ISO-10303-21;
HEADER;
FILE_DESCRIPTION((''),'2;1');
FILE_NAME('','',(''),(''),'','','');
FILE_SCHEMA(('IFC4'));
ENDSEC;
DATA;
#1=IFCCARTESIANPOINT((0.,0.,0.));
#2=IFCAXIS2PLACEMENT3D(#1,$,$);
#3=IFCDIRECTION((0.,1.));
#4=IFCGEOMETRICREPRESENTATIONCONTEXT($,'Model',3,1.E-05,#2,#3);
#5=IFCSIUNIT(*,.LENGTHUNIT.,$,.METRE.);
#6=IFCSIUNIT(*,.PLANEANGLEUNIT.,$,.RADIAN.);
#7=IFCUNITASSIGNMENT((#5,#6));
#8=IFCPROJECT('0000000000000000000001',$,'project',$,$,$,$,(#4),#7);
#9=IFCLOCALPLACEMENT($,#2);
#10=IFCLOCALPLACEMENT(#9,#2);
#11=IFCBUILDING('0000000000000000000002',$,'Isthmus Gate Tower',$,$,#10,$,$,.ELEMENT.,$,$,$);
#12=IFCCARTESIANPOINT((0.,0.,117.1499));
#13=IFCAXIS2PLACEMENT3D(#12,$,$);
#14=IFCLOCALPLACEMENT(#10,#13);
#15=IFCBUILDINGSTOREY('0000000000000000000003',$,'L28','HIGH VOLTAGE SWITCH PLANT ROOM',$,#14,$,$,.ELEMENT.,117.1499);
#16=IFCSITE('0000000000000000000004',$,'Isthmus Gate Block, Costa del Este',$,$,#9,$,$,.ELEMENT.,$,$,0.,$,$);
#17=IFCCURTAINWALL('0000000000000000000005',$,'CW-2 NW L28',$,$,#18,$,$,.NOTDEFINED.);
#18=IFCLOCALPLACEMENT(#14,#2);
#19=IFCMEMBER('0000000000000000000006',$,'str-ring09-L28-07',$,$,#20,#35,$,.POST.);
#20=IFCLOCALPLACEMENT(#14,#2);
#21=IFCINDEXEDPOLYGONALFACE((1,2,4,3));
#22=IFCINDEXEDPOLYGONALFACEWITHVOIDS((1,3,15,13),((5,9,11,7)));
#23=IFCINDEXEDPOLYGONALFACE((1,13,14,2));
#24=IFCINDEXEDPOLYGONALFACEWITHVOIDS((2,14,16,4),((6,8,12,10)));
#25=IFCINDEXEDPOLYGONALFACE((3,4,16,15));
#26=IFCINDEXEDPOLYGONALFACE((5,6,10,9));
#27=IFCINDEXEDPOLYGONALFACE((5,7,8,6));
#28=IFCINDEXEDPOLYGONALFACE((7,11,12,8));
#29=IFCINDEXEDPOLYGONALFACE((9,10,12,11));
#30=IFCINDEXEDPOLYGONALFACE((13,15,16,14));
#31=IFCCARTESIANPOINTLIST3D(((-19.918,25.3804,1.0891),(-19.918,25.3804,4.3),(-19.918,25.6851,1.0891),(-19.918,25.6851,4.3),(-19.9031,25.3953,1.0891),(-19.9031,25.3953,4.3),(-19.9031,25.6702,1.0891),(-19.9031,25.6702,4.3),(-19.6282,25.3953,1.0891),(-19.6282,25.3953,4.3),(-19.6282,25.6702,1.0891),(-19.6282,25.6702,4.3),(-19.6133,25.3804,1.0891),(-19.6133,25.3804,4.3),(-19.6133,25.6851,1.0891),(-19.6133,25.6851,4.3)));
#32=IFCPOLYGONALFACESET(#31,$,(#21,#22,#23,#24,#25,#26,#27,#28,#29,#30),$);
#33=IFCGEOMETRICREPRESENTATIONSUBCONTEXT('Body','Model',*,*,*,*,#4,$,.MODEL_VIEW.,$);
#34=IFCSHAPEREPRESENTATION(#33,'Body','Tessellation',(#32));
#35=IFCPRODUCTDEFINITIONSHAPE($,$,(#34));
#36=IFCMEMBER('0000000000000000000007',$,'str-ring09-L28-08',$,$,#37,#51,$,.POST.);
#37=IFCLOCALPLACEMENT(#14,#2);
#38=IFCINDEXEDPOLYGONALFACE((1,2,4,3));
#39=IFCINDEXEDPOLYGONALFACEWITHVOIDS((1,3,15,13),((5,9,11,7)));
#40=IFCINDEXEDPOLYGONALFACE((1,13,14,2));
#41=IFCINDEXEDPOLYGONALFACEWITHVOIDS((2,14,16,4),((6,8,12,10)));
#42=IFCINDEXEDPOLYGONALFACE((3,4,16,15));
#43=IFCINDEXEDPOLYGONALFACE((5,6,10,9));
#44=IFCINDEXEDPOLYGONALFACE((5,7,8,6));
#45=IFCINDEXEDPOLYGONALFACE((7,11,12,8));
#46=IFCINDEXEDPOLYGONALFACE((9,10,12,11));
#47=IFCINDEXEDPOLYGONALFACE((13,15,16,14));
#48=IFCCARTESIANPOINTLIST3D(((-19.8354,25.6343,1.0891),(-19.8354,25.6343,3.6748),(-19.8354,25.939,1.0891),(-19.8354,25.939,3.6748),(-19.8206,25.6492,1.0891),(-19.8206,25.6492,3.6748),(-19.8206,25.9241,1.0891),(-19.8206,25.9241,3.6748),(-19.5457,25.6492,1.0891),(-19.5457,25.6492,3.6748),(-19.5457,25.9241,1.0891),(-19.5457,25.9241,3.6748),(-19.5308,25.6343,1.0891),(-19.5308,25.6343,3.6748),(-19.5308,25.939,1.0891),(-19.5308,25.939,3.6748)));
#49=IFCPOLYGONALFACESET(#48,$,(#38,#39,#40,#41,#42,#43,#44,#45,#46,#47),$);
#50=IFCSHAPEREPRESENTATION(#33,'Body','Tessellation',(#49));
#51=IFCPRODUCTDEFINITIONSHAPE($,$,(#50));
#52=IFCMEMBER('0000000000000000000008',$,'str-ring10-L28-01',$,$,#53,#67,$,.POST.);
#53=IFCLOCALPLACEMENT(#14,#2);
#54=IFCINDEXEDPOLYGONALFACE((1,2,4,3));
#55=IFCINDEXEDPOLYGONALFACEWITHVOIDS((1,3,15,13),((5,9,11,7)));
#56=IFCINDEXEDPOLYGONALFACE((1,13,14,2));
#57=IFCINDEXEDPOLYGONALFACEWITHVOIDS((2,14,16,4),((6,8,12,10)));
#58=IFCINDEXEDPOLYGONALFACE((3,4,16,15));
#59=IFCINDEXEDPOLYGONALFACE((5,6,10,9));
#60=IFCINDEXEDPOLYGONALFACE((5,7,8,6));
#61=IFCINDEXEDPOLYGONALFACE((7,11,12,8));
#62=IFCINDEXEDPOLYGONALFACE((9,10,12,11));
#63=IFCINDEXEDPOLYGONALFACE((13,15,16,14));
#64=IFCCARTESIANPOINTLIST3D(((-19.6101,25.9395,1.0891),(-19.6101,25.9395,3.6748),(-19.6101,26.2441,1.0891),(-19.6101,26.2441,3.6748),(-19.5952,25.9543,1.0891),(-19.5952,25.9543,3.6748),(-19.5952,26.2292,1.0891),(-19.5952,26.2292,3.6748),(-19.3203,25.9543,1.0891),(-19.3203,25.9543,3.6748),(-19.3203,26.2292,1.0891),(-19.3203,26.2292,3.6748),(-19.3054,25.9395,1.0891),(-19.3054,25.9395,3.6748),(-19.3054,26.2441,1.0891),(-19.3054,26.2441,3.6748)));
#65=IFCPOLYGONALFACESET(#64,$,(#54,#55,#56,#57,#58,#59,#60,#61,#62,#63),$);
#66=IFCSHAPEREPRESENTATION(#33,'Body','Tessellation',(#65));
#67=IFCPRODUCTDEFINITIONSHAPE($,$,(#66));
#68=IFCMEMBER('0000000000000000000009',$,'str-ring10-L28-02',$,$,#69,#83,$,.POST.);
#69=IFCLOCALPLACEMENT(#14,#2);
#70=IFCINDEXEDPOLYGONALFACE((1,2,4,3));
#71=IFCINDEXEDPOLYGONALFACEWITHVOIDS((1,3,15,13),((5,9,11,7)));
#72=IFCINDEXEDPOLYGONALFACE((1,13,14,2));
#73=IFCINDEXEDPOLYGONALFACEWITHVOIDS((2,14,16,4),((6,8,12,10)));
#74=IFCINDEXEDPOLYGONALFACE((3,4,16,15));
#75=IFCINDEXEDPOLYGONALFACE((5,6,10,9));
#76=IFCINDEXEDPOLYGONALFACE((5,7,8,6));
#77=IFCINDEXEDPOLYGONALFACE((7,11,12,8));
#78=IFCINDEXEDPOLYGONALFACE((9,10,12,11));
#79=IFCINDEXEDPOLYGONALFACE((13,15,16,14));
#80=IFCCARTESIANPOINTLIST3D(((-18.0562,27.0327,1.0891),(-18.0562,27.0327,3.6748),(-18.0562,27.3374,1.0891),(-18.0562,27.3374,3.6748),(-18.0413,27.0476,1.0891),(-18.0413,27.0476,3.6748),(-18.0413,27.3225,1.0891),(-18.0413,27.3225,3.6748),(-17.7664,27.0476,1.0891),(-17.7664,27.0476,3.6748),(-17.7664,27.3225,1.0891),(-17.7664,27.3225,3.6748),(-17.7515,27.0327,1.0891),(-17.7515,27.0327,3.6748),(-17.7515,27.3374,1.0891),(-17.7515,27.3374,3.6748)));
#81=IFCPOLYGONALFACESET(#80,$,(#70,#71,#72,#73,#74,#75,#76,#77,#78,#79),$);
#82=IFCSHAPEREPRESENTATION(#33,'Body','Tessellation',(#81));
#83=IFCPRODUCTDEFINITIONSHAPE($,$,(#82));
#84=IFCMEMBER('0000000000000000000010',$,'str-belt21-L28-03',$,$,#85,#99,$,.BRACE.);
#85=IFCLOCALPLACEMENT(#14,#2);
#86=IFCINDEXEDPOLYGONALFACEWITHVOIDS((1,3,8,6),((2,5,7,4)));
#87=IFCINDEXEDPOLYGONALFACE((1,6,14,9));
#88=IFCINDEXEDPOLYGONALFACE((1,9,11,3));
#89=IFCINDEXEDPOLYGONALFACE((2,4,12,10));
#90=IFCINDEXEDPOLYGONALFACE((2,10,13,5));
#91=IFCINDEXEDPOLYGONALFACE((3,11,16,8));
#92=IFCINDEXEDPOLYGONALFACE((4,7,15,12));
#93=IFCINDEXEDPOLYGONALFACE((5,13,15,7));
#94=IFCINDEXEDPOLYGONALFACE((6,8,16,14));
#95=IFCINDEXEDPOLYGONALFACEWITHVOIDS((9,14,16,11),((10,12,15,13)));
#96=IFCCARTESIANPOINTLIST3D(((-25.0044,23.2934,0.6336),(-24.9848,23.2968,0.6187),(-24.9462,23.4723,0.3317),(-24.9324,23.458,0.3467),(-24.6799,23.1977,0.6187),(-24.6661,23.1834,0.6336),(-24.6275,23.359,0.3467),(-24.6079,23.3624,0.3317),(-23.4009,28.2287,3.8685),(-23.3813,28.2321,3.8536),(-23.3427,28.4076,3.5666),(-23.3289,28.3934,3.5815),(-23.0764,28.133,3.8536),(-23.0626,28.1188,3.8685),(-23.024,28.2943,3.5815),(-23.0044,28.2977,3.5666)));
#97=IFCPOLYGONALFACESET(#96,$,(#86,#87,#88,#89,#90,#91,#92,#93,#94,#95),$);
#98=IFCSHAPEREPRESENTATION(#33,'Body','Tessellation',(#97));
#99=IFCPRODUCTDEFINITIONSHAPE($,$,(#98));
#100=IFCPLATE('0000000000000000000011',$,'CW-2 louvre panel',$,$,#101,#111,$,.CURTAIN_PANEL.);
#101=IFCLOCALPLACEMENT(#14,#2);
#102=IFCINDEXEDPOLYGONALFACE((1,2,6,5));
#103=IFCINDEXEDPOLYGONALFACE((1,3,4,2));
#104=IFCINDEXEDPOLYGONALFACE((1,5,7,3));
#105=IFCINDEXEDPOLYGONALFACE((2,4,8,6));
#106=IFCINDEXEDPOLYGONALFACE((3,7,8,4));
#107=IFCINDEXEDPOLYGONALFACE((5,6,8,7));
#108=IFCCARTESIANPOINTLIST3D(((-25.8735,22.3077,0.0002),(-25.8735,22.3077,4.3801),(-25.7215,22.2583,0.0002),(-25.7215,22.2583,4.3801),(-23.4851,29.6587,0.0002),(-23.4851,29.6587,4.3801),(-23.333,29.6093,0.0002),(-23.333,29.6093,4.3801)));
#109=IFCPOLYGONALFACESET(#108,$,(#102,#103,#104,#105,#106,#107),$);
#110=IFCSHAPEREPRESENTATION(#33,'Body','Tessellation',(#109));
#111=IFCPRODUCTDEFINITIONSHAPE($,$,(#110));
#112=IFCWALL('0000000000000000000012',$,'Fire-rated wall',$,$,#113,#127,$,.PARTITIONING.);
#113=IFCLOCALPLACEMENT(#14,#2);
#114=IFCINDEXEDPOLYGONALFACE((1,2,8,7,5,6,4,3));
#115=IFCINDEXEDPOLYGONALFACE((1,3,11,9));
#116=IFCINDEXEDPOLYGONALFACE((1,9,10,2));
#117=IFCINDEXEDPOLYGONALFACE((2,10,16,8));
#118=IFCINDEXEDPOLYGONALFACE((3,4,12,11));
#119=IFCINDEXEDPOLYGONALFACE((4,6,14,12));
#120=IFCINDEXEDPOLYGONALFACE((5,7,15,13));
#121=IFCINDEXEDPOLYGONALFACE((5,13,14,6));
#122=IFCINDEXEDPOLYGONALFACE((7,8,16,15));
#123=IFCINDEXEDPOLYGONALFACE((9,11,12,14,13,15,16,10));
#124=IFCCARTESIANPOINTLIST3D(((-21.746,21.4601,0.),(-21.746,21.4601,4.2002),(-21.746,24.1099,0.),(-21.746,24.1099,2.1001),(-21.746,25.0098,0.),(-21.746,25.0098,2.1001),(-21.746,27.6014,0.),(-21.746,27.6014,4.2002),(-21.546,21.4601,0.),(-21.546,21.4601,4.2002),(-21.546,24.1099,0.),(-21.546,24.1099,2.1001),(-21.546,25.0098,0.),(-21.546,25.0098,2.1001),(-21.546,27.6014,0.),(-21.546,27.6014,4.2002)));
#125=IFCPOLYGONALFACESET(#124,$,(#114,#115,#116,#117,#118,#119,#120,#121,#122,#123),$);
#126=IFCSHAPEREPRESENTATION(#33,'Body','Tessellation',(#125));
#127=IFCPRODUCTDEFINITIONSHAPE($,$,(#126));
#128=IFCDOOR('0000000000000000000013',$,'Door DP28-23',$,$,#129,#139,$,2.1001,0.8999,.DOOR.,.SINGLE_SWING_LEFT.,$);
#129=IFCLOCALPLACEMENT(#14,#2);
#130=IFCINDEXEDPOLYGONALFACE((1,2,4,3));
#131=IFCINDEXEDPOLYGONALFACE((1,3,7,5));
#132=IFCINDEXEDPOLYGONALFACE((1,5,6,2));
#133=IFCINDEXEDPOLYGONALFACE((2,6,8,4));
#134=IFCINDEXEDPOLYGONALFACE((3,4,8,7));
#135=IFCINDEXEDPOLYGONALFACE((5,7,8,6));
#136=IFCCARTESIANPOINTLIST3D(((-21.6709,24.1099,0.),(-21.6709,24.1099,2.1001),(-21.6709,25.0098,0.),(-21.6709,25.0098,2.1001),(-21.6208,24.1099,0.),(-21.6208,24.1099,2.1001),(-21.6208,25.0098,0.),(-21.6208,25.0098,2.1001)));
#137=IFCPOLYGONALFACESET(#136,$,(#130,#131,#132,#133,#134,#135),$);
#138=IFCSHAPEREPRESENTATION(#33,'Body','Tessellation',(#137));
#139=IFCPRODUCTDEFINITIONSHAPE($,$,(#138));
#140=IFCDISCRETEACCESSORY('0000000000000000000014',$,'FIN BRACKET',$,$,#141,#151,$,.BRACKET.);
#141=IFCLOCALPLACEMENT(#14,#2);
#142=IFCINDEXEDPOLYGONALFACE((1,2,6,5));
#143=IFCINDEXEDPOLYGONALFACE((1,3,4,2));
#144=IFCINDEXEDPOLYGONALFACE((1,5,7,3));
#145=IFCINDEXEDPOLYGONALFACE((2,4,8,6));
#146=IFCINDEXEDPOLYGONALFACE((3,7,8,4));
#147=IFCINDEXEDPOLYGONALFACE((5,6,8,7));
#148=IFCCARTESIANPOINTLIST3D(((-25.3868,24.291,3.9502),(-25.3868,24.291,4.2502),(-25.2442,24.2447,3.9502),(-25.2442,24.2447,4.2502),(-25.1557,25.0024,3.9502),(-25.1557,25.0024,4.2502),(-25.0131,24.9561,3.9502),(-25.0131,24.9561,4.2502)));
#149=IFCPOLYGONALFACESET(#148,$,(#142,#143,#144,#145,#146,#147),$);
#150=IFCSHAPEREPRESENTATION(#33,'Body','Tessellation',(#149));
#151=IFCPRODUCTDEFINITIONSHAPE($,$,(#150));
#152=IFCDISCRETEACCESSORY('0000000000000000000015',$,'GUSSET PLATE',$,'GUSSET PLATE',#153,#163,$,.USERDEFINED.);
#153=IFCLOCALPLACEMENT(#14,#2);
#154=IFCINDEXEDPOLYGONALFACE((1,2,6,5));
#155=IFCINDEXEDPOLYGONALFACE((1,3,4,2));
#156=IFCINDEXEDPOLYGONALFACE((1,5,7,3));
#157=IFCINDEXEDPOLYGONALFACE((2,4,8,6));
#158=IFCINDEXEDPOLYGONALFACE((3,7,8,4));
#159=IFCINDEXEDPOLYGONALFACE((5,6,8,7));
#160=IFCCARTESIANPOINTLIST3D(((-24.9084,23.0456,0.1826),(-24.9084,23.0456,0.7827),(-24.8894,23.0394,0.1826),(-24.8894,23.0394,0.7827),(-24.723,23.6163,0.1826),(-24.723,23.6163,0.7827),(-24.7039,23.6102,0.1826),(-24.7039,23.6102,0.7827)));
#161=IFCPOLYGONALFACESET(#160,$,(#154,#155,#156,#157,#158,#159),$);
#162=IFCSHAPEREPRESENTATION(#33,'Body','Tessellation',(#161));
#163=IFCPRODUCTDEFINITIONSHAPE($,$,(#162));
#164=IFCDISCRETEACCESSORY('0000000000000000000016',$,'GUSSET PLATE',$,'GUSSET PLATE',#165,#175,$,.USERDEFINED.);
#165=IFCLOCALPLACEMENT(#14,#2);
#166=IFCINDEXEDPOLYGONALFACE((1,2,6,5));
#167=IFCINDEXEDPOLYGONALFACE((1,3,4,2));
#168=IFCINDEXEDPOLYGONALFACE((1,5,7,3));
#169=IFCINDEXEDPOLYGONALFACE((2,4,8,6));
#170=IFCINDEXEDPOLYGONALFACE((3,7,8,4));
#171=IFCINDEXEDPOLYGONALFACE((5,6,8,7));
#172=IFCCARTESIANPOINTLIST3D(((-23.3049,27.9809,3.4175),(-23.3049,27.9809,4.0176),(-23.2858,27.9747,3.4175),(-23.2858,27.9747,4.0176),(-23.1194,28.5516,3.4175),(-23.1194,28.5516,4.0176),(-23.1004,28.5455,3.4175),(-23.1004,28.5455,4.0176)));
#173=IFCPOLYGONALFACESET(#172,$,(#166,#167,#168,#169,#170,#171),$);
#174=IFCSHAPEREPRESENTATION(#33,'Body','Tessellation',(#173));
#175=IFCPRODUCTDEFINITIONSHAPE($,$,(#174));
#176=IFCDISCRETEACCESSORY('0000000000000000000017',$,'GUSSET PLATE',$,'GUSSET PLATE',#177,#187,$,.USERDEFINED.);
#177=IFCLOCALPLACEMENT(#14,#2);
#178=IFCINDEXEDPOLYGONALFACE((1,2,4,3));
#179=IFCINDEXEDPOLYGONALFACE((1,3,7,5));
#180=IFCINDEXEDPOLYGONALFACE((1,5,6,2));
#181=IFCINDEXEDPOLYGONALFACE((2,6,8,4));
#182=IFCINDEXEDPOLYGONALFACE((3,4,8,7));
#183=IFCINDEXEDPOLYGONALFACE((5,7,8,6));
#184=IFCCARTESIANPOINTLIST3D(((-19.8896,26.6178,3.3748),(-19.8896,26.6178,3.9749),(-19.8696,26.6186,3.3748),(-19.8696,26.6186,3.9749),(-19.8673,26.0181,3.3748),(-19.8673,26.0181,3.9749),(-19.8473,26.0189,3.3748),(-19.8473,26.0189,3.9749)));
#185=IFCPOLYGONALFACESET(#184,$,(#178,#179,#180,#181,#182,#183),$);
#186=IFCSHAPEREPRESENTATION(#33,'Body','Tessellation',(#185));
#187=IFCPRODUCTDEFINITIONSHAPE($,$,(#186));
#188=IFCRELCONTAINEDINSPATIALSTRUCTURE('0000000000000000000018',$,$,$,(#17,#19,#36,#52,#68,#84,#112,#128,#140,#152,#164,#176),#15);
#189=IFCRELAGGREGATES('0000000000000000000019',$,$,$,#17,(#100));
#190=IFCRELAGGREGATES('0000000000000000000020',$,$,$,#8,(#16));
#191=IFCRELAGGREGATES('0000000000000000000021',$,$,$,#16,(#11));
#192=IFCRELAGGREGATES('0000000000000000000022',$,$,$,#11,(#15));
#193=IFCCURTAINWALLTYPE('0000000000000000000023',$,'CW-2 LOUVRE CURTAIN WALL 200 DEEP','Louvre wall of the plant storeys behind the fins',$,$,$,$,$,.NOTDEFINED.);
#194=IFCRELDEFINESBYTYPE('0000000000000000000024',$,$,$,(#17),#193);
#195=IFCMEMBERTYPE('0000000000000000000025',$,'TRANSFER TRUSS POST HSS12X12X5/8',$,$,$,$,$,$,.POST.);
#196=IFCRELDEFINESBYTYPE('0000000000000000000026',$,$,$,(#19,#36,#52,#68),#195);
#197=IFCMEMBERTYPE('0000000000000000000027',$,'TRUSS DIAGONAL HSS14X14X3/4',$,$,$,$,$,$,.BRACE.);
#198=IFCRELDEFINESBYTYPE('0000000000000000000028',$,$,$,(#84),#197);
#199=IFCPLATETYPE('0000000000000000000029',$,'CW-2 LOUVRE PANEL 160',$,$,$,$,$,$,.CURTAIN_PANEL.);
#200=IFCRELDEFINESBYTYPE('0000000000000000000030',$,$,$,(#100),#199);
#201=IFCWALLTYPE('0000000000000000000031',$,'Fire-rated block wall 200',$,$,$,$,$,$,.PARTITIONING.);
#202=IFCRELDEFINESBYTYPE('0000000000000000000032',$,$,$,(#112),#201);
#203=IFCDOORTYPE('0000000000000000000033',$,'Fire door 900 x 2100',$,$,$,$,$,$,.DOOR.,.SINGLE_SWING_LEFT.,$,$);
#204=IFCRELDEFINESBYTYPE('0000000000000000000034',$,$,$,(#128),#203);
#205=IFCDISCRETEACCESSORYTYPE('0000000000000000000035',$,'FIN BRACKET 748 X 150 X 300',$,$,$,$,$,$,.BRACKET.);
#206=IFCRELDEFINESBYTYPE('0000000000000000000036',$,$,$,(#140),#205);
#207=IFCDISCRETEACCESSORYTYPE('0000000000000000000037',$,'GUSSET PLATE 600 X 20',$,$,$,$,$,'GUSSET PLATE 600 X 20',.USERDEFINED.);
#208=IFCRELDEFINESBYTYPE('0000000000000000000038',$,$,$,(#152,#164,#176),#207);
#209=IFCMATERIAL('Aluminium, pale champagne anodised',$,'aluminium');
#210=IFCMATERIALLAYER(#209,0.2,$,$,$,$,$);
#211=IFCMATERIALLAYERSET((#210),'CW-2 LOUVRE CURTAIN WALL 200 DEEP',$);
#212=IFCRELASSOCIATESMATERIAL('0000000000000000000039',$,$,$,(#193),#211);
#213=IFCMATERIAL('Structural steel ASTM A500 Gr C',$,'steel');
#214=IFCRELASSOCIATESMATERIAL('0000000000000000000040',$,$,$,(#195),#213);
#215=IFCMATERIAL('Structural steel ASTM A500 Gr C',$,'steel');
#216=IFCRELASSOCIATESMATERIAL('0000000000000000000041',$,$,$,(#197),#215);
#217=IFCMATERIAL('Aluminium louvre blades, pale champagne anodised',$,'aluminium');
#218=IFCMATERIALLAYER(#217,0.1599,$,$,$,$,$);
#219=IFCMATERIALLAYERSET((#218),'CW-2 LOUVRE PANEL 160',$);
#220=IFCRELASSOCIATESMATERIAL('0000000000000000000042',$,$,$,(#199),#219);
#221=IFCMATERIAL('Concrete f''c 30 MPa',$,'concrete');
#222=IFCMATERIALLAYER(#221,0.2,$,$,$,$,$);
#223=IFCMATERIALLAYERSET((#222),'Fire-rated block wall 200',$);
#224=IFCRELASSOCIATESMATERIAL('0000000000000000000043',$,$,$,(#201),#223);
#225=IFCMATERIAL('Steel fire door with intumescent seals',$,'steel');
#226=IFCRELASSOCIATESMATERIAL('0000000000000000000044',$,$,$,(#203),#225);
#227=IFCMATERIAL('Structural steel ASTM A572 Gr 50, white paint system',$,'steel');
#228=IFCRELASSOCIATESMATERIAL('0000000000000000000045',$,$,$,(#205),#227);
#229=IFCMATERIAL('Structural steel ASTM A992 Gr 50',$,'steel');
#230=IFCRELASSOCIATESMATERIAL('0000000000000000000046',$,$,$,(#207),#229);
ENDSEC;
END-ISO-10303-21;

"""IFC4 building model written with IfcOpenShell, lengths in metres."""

from ifc_helpers import new_model, si_unit, direction, frame, frame_2d, origin, origin_2d, place, context, subcontext, project, spatial, rectangle, hollow_rectangle, extrude, material, layer, layer_set, material_profile, profile_set, type_object, element, fill, aggregate, save


model = new_model("IFC4")

# Units and contexts
model_context = context("Model", 3, precision=1e-05, world=origin(), true_north=direction((0.0, 1.0)))
body_context = subcontext(model_context, "Body", "Model", "MODEL_VIEW")
ifc_project = project(units=[si_unit("LENGTHUNIT", "METRE"), si_unit("PLANEANGLEUNIT", "RADIAN")], contexts=[model_context])

# Site, building, storey
site_placement = place(None, origin())
site = spatial("IfcSite", under=ifc_project, at=site_placement, Name="Isthmus Gate Block, Costa del Este", CompositionType="ELEMENT", RefElevation=0.0)
building_placement = place(site_placement, origin())
building = spatial("IfcBuilding", under=site, at=building_placement, Name="Isthmus Gate Tower", CompositionType="ELEMENT")
storey_placement = place(building_placement, frame((0.0, 0.0, 117.1499)))
storey = spatial("IfcBuildingStorey", under=building, at=storey_placement, Name="L28", Description="HIGH VOLTAGE SWITCH PLANT ROOM", CompositionType="ELEMENT", Elevation=117.1499)

# Curtain wall
ifc_material_1 = material(Name="Aluminium, pale champagne anodised", Category="aluminium")
ifc_layer_1 = layer(ifc_material_1, 0.2)
ifc_layer_set_1 = layer_set([ifc_layer_1], Name="CW-2 LOUVRE CURTAIN WALL 200 DEEP")
curtain_wall_type = type_object("IfcCurtainWallType", Name="CW-2 LOUVRE CURTAIN WALL 200 DEEP", Description="Louvre wall of the plant storeys behind the fins", PredefinedType="NOTDEFINED", material=ifc_layer_set_1)
curtain_wall_placement = place(storey_placement, origin())
curtain_wall = element("IfcCurtainWall", 1, at=curtain_wall_placement, inside=storey, type_object=curtain_wall_type, Name="CW-2 NW L28", PredefinedType="NOTDEFINED")

# Members
ifc_material_2 = material(Name="Structural steel ASTM A500 Gr C", Category="steel")
ifc_material_profile_1 = material_profile(ifc_material_2, hollow_rectangle(XDim=0.3047, YDim=0.3047, WallThickness=0.0149, at=origin_2d()), Name="HSS12X12X5/8")
ifc_profile_set_1 = profile_set([ifc_material_profile_1], Name="Structural steel ASTM A500 Gr C")
member_type_1 = type_object("IfcMemberType", Name="TRANSFER TRUSS POST HSS12X12X5/8", PredefinedType="POST", material=ifc_profile_set_1)
member_1_placement = place(storey_placement, frame((-19.7656, 25.5327, 1.0891), z_axis=(0.0, 0.0, 1.0), x_axis=(1.0, 0.0, 0.0)))
element("IfcMember", 2, at=member_1_placement, inside=storey, type_object=member_type_1, Name="str-ring09-L28-07", PredefinedType="POST", context=body_context, shape_type="SweptSolid", body=[
    extrude(hollow_rectangle(XDim=0.3047, YDim=0.3047, WallThickness=0.0149, at=origin_2d()), origin(), (0.0, 0.0, 1.0), 3.2109),
])
for number, where, z_axis, x_axis, name in (
    (3, (-19.6831, 25.7866, 1.0891), (0.0, 0.0, 1.0), (1.0, 0.0, 0.0), "str-ring09-L28-08"),
    (4, (-19.4578, 26.0918, 1.0891), (0.0, 0.0, 1.0), (1.0, 0.0, 0.0), "str-ring10-L28-01"),
    (5, (-17.9038, 27.1851, 1.0891), (0.0, 0.0, 1.0), (1.0, 0.0, 0.0), "str-ring10-L28-02"),
):
    element("IfcMember", number, at=place(storey_placement, frame(where, z_axis=z_axis, x_axis=x_axis)), inside=storey, type_object=member_type_1, Name=name, PredefinedType="POST", context=body_context, shape_type="SweptSolid", body=[
        extrude(hollow_rectangle(XDim=0.3047, YDim=0.3047, WallThickness=0.0149, at=origin_2d()), origin(), (0.0, 0.0, 1.0), 2.5857),
    ])
ifc_material_3 = material(Name="Structural steel ASTM A500 Gr C", Category="steel")
ifc_material_profile_2 = material_profile(ifc_material_3, hollow_rectangle(XDim=0.3557, YDim=0.3557, WallThickness=0.0176, at=origin_2d()), Name="HSS14X14X3/4")
ifc_profile_set_2 = profile_set([ifc_material_profile_2], Name="Structural steel ASTM A500 Gr C")
member_type_2 = type_object("IfcMemberType", Name="TRUSS DIAGONAL HSS14X14X3/4", PredefinedType="BRACE", material=ifc_profile_set_2)
member_2_placement = place(storey_placement, frame((-24.8062, 23.3279, 0.4827), z_axis=(0.262228, 0.807086, 0.529008), x_axis=(-0.95106, 0.309006, 0.0)))
element("IfcMember", 6, at=member_2_placement, inside=storey, type_object=member_type_2, Name="str-belt21-L28-03", PredefinedType="BRACE", context=body_context, shape_type="SweptSolid", body=[
    extrude(hollow_rectangle(XDim=0.3557, YDim=0.3557, WallThickness=0.0176, at=origin_2d()), origin(), (0.0, 0.0, 1.0), 6.115),
])

# Plate
ifc_material_4 = material(Name="Aluminium louvre blades, pale champagne anodised", Category="aluminium")
ifc_layer_2 = layer(ifc_material_4, 0.1599)
ifc_layer_set_2 = layer_set([ifc_layer_2], Name="CW-2 LOUVRE PANEL 160")
plate_type = type_object("IfcPlateType", Name="CW-2 LOUVRE PANEL 160", PredefinedType="CURTAIN_PANEL", material=ifc_layer_set_2)
plate_placement = place(storey_placement, frame((-24.6033, 25.9585, 0.0002), z_axis=(0.0, 0.0, 1.0), x_axis=(-0.309017, -0.951057, 0.0)))
plate = element("IfcPlate", 7, at=plate_placement, type_object=plate_type, Name="CW-2 louvre panel", PredefinedType="CURTAIN_PANEL", context=body_context, shape_type="SweptSolid", body=[
    extrude(rectangle(XDim=7.7292, YDim=0.1599, at=origin_2d()), origin(), (0.0, 0.0, 1.0), 4.3799),
])
aggregate(curtain_wall, [plate])

# Wall, opening, door
ifc_material_5 = material(Name="Concrete f'c 30 MPa", Category="concrete")
ifc_layer_3 = layer(ifc_material_5, 0.2)
ifc_layer_set_3 = layer_set([ifc_layer_3], Name="Fire-rated block wall 200")
wall_type = type_object("IfcWallType", Name="Fire-rated block wall 200", PredefinedType="PARTITIONING", material=ifc_layer_set_3)
wall_placement = place(storey_placement, frame((-21.646, 21.46, 0.0), z_axis=(0.0, 0.0, 1.0), x_axis=(0.0, 1.0, 0.0)))
wall = element("IfcWall", 8, at=wall_placement, inside=storey, type_object=wall_type, Name="Fire-rated wall", PredefinedType="PARTITIONING", context=body_context, shape_type="SweptSolid", body=[
    extrude(rectangle(XDim=6.1414, YDim=0.2, at=frame_2d((3.0708, 0.0))), origin(), (0.0, 0.0, 1.0), 4.2002),
])
opening_placement = place(wall_placement, frame((2.6499, 0.0, 0.0)))
opening = element("IfcOpeningElement", 9, at=opening_placement, cuts=wall, PredefinedType="OPENING", context=body_context, shape_type="SweptSolid", body=[
    extrude(rectangle(XDim=0.8999, YDim=2.1001, at=frame_2d((0.45, 1.05))), frame((0.0, 0.1099, 0.0), z_axis=(0.0, -1.0, 0.0), x_axis=(1.0, 0.0, 0.0)), (0.0, 0.0, 1.0), 0.22),
])
ifc_material_6 = material(Name="Steel fire door with intumescent seals", Category="steel")
door_type = type_object("IfcDoorType", Name="Fire door 900 x 2100", OperationType="SINGLE_SWING_LEFT", PredefinedType="DOOR", material=ifc_material_6)
door_placement = place(opening_placement, origin())
door = element("IfcDoor", 10, at=door_placement, inside=storey, type_object=door_type, Name="Door DP28-23", OperationType="SINGLE_SWING_LEFT", OverallHeight=2.1001, OverallWidth=0.8999, PredefinedType="DOOR", context=body_context, shape_type="SweptSolid", body=[
    extrude(rectangle(XDim=0.8999, YDim=2.1001, at=frame_2d((0.45, 1.05))), frame((0.0, 0.0249, 0.0), z_axis=(0.0, -1.0, 0.0), x_axis=(1.0, 0.0, 0.0)), (0.0, 0.0, 1.0), 0.05),
])
fill(opening, door)

# Discrete accessories
ifc_material_7 = material(Name="Structural steel ASTM A572 Gr 50, white paint system", Category="steel")
discrete_accessory_type_1 = type_object("IfcDiscreteAccessoryType", Name="FIN BRACKET 748 X 150 X 300", PredefinedType="BRACKET", material=ifc_material_7)
discrete_accessory_placement = place(storey_placement, frame((-25.2, 24.6235, 3.9502), z_axis=(0.0, 0.0, 1.0), x_axis=(-0.951057, 0.309017, 0.0)))
element("IfcDiscreteAccessory", 11, at=discrete_accessory_placement, inside=storey, type_object=discrete_accessory_type_1, Name="FIN BRACKET", PredefinedType="BRACKET", context=body_context, shape_type="SweptSolid", body=[
    extrude(rectangle(XDim=0.1499, YDim=0.748, at=origin_2d()), origin(), (0.0, 0.0, 1.0), 0.3),
])
ifc_material_8 = material(Name="Structural steel ASTM A992 Gr 50", Category="steel")
discrete_accessory_type_2 = type_object("IfcDiscreteAccessoryType", Name="GUSSET PLATE 600 X 20", ElementType="GUSSET PLATE 600 X 20", PredefinedType="USERDEFINED", material=ifc_material_8)
for number, where, z_axis, x_axis, name in (
    (12, (-24.8062, 23.3279, 0.1826), (0.0, 0.0, 1.0), (0.309017, 0.951057, 0.0), "GUSSET PLATE"),
    (13, (-23.2026, 28.2632, 3.4175), (0.0, 0.0, 1.0), (0.309017, 0.951057, 0.0), "GUSSET PLATE"),
    (14, (-19.8684, 26.3184, 3.3748), (0.0, 0.0, 1.0), (0.037173, -0.999309, 0.0), "GUSSET PLATE"),
):
    element("IfcDiscreteAccessory", number, at=place(storey_placement, frame(where, z_axis=z_axis, x_axis=x_axis)), inside=storey, type_object=discrete_accessory_type_2, Name=name, ObjectType="GUSSET PLATE", PredefinedType="USERDEFINED", context=body_context, shape_type="SweptSolid", body=[
        extrude(rectangle(XDim=0.6001, YDim=0.02, at=origin_2d()), origin(), (0.0, 0.0, 1.0), 0.6001),
    ])

save(model, "model.ifc")
